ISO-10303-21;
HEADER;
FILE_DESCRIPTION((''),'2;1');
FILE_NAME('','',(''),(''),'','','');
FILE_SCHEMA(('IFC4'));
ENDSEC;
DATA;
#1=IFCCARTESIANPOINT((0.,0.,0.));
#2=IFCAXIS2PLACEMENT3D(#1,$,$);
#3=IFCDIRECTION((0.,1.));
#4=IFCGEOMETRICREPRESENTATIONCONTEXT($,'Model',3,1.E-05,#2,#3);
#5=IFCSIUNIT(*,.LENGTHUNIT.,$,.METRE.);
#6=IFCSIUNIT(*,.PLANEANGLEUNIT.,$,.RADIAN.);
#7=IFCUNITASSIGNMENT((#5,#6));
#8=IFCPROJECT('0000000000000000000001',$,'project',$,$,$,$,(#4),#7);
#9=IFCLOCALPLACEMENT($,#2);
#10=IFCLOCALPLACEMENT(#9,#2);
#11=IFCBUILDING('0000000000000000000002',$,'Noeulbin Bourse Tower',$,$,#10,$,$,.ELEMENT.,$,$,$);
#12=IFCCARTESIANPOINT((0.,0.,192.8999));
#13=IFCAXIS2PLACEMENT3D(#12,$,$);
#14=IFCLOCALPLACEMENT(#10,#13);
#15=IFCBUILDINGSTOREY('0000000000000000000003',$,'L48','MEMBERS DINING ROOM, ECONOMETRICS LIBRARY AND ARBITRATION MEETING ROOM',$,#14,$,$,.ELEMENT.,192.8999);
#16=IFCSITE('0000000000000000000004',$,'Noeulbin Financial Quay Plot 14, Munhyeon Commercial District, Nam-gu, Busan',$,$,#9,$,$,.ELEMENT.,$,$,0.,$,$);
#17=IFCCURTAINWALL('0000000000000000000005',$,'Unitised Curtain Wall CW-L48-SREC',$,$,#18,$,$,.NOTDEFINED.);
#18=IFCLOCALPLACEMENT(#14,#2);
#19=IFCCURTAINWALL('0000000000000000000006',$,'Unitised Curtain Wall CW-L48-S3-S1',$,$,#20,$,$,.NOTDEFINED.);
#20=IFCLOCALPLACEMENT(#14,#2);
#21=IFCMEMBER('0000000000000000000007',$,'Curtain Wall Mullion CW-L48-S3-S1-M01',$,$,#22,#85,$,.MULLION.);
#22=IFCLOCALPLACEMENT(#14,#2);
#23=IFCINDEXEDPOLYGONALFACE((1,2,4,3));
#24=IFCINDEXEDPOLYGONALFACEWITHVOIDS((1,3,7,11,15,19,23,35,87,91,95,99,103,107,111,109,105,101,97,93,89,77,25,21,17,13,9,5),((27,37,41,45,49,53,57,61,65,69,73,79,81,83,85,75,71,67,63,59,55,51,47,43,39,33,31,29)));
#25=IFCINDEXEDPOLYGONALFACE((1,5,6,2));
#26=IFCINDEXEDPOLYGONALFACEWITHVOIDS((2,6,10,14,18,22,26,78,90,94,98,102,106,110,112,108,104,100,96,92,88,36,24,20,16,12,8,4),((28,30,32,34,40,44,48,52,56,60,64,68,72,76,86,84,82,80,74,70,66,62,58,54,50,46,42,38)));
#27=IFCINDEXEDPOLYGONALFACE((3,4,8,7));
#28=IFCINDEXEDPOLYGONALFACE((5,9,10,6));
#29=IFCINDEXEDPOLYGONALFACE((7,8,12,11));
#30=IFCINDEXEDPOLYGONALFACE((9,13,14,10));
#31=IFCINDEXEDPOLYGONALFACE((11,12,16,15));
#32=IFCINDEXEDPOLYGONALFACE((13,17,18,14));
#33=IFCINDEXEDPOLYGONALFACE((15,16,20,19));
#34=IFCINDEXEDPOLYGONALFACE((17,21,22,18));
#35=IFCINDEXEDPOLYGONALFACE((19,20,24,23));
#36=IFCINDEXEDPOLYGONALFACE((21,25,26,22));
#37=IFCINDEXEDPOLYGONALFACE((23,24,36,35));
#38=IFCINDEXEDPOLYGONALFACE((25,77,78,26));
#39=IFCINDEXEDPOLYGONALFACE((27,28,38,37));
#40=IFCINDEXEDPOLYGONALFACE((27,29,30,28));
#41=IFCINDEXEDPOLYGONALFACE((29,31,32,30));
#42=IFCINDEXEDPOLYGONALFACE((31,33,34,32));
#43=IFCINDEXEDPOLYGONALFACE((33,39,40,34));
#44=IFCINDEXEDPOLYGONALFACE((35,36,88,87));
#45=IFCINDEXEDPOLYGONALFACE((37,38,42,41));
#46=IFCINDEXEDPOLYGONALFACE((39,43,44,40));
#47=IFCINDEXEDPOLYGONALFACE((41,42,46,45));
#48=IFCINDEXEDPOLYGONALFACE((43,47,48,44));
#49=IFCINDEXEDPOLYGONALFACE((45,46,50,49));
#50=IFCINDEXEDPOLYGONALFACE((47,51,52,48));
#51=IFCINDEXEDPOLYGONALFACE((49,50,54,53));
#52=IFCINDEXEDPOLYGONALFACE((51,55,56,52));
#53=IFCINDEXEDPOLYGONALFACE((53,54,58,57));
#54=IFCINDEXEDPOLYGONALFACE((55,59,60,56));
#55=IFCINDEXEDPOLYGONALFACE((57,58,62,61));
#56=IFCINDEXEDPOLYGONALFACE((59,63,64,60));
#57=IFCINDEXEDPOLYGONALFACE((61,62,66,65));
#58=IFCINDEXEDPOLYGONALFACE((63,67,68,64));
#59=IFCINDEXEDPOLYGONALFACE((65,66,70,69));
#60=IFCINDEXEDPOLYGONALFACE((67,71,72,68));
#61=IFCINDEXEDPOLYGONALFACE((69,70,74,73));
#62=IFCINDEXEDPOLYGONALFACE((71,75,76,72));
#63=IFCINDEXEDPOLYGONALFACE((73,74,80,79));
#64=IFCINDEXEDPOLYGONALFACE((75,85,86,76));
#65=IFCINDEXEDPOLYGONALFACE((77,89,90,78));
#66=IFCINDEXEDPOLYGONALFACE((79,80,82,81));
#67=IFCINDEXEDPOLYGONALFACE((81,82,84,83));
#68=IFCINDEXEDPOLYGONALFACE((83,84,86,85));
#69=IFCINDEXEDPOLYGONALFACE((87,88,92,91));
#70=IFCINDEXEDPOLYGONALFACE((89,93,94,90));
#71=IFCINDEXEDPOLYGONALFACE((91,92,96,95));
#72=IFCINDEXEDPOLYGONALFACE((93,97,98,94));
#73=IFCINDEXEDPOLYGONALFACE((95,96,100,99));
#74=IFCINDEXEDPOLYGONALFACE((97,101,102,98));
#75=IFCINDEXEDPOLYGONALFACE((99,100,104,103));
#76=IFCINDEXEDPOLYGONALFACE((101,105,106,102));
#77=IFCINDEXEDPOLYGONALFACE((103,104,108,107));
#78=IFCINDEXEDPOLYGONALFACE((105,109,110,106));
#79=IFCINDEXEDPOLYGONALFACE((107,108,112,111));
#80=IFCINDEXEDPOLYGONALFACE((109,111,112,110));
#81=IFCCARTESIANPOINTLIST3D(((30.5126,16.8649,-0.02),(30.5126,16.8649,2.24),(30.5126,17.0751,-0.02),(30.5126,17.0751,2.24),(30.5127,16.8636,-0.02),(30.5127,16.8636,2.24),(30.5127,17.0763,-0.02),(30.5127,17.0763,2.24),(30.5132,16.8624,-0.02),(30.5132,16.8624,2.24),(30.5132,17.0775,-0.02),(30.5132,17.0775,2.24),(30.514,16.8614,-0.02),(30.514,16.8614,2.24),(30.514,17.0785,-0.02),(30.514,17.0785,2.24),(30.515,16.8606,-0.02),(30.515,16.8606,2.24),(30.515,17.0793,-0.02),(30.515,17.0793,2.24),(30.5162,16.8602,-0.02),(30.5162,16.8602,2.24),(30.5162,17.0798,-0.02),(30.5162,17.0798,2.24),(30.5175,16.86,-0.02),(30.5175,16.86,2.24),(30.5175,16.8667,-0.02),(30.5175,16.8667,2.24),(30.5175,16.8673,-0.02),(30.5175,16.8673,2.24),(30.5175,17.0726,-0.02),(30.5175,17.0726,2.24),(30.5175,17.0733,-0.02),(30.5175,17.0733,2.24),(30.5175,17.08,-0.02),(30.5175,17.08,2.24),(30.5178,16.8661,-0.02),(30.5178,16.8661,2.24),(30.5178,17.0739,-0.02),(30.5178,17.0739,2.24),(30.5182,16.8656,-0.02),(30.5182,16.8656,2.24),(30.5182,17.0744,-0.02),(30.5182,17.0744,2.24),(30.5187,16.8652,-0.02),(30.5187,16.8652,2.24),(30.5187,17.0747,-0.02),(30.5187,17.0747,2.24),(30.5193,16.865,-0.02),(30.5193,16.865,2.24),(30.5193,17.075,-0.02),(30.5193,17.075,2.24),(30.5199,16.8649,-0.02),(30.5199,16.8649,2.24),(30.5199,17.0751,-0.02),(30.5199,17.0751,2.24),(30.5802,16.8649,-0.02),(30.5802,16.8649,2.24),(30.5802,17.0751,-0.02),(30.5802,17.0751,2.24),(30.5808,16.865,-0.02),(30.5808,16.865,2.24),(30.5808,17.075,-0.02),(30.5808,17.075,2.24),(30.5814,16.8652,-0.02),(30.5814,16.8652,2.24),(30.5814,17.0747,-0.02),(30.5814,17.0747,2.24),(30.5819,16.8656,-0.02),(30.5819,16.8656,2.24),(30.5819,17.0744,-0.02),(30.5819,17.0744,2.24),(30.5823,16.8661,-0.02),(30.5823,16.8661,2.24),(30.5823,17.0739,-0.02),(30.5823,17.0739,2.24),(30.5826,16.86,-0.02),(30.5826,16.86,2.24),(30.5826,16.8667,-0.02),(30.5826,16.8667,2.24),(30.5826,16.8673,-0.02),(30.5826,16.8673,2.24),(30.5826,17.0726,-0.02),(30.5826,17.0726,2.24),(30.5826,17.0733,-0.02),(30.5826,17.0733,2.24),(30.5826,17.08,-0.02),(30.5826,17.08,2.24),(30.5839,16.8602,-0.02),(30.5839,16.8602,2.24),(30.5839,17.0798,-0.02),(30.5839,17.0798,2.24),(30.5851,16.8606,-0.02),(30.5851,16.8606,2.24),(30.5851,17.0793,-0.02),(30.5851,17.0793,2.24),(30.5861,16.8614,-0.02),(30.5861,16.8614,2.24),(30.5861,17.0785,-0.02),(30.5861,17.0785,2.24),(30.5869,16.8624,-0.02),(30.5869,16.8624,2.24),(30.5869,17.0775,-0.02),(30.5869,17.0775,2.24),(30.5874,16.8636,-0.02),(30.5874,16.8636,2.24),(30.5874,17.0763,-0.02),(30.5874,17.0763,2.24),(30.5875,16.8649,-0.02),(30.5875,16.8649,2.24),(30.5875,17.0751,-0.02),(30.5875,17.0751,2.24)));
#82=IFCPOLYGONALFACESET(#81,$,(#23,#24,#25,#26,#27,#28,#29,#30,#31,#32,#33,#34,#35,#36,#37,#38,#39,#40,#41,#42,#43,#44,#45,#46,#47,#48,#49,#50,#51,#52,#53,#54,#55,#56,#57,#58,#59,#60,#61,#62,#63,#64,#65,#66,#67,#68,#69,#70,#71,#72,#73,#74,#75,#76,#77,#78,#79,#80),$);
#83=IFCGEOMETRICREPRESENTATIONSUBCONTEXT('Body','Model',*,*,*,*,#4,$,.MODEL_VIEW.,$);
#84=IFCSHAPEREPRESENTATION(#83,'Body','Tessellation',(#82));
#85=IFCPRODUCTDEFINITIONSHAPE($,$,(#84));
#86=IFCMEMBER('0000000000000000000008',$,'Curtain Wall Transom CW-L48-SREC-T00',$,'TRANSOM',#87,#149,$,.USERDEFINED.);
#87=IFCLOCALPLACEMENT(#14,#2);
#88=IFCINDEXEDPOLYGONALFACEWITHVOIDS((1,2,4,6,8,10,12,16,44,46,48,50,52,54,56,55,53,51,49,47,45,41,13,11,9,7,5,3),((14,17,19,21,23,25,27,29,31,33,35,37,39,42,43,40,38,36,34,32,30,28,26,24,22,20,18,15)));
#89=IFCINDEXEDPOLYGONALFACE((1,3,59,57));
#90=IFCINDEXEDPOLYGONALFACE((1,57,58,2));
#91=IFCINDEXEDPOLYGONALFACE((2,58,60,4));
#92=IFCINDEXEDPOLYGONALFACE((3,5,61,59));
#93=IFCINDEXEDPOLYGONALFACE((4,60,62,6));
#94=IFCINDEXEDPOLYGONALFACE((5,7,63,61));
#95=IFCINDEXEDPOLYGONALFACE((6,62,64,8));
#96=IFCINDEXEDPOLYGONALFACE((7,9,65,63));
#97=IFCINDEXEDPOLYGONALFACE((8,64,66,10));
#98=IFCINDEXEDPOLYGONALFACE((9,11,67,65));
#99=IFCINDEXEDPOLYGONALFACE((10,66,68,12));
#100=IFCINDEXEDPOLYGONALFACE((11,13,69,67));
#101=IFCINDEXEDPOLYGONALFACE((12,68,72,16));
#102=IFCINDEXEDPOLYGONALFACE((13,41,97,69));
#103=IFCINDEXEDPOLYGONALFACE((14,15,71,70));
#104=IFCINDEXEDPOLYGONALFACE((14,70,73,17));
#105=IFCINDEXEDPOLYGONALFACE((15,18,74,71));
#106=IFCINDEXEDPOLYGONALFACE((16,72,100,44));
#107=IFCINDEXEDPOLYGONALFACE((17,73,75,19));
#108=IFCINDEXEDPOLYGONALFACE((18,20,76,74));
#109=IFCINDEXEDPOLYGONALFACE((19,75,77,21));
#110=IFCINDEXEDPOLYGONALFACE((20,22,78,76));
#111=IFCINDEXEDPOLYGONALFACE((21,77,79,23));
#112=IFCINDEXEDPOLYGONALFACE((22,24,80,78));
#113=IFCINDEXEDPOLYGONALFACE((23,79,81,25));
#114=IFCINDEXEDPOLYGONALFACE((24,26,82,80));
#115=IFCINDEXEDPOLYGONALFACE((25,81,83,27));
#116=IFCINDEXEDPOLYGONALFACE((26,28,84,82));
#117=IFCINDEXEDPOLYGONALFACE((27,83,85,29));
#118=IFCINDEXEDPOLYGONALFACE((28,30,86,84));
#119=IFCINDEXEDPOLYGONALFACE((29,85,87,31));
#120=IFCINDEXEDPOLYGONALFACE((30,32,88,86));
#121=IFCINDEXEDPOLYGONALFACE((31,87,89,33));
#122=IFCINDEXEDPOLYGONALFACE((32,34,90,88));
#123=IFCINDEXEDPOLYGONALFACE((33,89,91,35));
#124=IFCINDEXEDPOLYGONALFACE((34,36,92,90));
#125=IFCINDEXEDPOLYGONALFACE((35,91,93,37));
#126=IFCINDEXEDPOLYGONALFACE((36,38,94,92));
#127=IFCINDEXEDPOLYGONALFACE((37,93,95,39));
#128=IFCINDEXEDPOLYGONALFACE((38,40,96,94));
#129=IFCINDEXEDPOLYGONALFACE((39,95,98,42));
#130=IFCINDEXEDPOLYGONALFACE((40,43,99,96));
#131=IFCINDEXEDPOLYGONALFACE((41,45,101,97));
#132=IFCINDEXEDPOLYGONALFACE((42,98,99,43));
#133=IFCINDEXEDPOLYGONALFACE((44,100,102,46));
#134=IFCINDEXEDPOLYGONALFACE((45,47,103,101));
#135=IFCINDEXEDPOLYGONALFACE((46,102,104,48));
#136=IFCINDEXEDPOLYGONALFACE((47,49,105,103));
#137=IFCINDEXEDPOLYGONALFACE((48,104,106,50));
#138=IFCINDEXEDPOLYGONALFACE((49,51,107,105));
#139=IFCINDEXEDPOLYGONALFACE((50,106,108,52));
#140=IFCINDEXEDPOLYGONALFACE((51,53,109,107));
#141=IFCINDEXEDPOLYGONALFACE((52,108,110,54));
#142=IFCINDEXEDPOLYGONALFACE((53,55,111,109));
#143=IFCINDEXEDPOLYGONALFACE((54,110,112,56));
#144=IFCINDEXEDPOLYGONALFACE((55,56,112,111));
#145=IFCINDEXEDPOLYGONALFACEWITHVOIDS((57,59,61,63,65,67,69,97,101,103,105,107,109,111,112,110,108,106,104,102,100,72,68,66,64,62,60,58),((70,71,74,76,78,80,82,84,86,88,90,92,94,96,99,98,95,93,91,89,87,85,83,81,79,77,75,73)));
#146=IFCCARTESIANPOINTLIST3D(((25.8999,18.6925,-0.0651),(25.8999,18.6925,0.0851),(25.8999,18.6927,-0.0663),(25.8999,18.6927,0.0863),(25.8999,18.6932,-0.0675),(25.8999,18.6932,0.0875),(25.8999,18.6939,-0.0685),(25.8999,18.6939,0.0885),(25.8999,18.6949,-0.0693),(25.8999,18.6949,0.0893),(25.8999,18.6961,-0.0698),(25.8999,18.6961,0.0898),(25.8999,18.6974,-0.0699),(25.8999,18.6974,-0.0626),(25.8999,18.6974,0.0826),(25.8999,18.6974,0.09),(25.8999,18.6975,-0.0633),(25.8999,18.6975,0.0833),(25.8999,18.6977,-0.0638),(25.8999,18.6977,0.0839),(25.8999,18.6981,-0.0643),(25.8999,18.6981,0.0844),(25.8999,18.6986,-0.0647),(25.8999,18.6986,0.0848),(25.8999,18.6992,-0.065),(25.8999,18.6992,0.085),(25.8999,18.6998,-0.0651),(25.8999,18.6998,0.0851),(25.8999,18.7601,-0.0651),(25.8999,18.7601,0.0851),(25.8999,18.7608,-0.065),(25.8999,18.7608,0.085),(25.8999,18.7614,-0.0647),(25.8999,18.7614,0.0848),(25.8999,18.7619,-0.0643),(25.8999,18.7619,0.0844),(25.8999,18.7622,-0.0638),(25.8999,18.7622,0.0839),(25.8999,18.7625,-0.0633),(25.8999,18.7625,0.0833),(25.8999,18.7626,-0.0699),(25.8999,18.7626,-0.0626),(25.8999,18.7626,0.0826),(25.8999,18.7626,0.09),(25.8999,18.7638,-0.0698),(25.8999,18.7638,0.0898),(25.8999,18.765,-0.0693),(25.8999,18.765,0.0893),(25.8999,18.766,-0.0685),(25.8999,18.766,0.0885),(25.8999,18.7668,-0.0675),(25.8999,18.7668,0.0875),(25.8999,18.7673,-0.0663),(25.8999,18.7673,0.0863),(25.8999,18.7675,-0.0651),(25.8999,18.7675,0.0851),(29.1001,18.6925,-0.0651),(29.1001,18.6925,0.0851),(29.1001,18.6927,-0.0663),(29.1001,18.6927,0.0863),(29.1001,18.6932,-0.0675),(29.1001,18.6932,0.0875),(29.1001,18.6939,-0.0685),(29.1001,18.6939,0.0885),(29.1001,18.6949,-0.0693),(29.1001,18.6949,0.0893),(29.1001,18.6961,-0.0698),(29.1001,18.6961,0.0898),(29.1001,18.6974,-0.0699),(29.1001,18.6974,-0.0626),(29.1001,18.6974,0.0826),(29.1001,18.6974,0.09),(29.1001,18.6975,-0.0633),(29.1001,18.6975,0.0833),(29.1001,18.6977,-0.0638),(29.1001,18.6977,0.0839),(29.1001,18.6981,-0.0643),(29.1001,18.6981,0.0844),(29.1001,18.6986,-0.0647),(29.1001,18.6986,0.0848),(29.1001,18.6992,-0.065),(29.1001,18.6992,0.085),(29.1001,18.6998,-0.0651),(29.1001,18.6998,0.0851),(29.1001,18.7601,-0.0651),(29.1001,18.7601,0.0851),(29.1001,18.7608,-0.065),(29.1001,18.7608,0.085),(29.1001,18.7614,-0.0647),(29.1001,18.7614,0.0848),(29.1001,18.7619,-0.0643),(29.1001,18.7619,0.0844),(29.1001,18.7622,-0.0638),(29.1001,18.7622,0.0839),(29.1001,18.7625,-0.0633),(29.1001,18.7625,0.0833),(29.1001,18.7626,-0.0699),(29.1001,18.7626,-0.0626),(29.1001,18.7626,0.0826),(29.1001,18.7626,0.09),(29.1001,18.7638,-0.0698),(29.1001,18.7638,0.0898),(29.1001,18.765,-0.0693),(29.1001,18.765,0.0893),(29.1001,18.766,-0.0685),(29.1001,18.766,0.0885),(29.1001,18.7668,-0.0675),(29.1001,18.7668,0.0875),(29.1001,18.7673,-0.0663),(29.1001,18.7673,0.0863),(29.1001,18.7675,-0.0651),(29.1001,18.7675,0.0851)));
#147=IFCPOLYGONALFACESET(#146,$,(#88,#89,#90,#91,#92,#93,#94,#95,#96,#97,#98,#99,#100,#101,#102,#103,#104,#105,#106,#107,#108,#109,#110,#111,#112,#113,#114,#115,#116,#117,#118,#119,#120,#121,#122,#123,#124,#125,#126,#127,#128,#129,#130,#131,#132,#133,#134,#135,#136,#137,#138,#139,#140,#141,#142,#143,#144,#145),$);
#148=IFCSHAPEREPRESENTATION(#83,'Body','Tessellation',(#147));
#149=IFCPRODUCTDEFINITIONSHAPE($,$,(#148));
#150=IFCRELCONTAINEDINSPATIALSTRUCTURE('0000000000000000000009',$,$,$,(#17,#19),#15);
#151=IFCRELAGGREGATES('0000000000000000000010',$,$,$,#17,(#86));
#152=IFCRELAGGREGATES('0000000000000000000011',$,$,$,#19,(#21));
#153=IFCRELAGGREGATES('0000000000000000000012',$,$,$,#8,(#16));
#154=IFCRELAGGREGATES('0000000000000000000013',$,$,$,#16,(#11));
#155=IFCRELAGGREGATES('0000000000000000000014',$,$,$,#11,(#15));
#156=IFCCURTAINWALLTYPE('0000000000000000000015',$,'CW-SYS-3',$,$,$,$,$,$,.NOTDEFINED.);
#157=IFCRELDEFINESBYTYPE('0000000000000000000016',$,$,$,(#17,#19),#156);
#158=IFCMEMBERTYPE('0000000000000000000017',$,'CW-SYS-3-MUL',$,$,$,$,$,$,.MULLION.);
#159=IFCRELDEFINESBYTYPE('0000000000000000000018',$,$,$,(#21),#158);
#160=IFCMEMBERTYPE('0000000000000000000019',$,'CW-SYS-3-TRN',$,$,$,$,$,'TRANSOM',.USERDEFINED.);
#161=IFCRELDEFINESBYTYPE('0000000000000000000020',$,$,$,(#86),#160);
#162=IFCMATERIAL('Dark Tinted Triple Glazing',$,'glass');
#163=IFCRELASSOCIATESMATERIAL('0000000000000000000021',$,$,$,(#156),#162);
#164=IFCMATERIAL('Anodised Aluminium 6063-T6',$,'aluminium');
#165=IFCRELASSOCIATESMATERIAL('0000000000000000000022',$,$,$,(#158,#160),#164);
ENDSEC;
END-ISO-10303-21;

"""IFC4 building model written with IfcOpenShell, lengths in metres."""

from ifc_helpers import new_model, si_unit, direction, frame, origin, origin_2d, place, context, subcontext, project, spatial, hollow_rectangle, extrude, material, material_profile, profile_set, type_object, element, aggregate, save


model = new_model("IFC4")

# Units and contexts
model_context = context("Model", 3, precision=1e-05, world=origin(), true_north=direction((0.0, 1.0)))
body_context = subcontext(model_context, "Body", "Model", "MODEL_VIEW")
ifc_project = project(units=[si_unit("LENGTHUNIT", "METRE"), si_unit("PLANEANGLEUNIT", "RADIAN")], contexts=[model_context])

# Site, building, storey
site_placement = place(None, origin())
site = spatial("IfcSite", under=ifc_project, at=site_placement, Name="Noeulbin Financial Quay Plot 14, Munhyeon Commercial District, Nam-gu, Busan", CompositionType="ELEMENT", RefElevation=0.0)
building_placement = place(site_placement, origin())
building = spatial("IfcBuilding", under=site, at=building_placement, Name="Noeulbin Bourse Tower", CompositionType="ELEMENT")
storey_placement = place(building_placement, frame((0.0, 0.0, 192.8999)))
storey = spatial("IfcBuildingStorey", under=building, at=storey_placement, Name="L48", Description="MEMBERS DINING ROOM, ECONOMETRICS LIBRARY AND ARBITRATION MEETING ROOM", CompositionType="ELEMENT", Elevation=192.8999)

# Curtain wall
ifc_material_1 = material(Name="Dark Tinted Triple Glazing", Category="glass")
curtain_wall_type = type_object("IfcCurtainWallType", Name="CW-SYS-3", PredefinedType="NOTDEFINED", material=ifc_material_1)
curtain_wall_1_placement = place(storey_placement, origin())
curtain_wall_1 = element("IfcCurtainWall", 1, at=curtain_wall_1_placement, inside=storey, type_object=curtain_wall_type, Name="Unitised Curtain Wall CW-L48-SREC", PredefinedType="NOTDEFINED")
ifc_material_2 = material(Name="Anodised Aluminium 6063-T6", Category="aluminium")
ifc_material_profile_1 = material_profile(ifc_material_2, hollow_rectangle(XDim=0.075, YDim=0.22, WallThickness=0.0049, InnerFilletRadius=0.0024, OuterFilletRadius=0.0049, at=origin_2d()), Name="ALU-MULL-75x220x5", Category="LoadBearing")
ifc_profile_set_1 = profile_set([ifc_material_profile_1], Name="Anodised Aluminium 6063-T6")
member_type_1 = type_object("IfcMemberType", Name="CW-SYS-3-MUL", PredefinedType="MULLION", material=ifc_profile_set_1)

# Curtain wall, member
curtain_wall_2_placement = place(storey_placement, origin())
curtain_wall_2 = element("IfcCurtainWall", 2, at=curtain_wall_2_placement, inside=storey, type_object=curtain_wall_type, Name="Unitised Curtain Wall CW-L48-S3-S1", PredefinedType="NOTDEFINED")
member_1_placement = place(storey_placement, frame((30.55, 16.97, -0.02), z_axis=(0.0, 0.0, 1.0), x_axis=(1.0, 0.0, 0.0)))
member_1 = element("IfcMember", 3, at=member_1_placement, type_object=member_type_1, Name="Curtain Wall Mullion CW-L48-S3-S1-M01", PredefinedType="MULLION", context=body_context, shape_type="SweptSolid", body=[
    extrude(hollow_rectangle(XDim=0.075, YDim=0.22, WallThickness=0.0049, InnerFilletRadius=0.0024, OuterFilletRadius=0.0049, at=origin_2d()), origin(), (0.0, 0.0, 1.0), 2.26),
])

# Member
ifc_material_profile_2 = material_profile(ifc_material_2, hollow_rectangle(XDim=0.075, YDim=0.1599, WallThickness=0.0049, InnerFilletRadius=0.0024, OuterFilletRadius=0.0049, at=origin_2d()), Name="ALU-TRAN-75x160x5", Category="LoadBearing")
ifc_profile_set_2 = profile_set([ifc_material_profile_2], Name="Anodised Aluminium 6063-T6")
member_type_2 = type_object("IfcMemberType", Name="CW-SYS-3-TRN", ElementType="TRANSOM", PredefinedType="USERDEFINED", material=ifc_profile_set_2)
member_2_placement = place(storey_placement, frame((25.8999, 18.73, 0.01), z_axis=(1.0, 0.0, 0.0), x_axis=(0.0, 1.0, 0.0)))
member_2 = element("IfcMember", 4, at=member_2_placement, type_object=member_type_2, Name="Curtain Wall Transom CW-L48-SREC-T00", ObjectType="TRANSOM", PredefinedType="USERDEFINED", context=body_context, shape_type="SweptSolid", body=[
    extrude(hollow_rectangle(XDim=0.075, YDim=0.1599, WallThickness=0.0049, InnerFilletRadius=0.0024, OuterFilletRadius=0.0049, at=origin_2d()), origin(), (0.0, 0.0, 1.0), 3.2002),
])

aggregate(curtain_wall_1, [member_2])
aggregate(curtain_wall_2, [member_1])

save(model, "model.ifc")
